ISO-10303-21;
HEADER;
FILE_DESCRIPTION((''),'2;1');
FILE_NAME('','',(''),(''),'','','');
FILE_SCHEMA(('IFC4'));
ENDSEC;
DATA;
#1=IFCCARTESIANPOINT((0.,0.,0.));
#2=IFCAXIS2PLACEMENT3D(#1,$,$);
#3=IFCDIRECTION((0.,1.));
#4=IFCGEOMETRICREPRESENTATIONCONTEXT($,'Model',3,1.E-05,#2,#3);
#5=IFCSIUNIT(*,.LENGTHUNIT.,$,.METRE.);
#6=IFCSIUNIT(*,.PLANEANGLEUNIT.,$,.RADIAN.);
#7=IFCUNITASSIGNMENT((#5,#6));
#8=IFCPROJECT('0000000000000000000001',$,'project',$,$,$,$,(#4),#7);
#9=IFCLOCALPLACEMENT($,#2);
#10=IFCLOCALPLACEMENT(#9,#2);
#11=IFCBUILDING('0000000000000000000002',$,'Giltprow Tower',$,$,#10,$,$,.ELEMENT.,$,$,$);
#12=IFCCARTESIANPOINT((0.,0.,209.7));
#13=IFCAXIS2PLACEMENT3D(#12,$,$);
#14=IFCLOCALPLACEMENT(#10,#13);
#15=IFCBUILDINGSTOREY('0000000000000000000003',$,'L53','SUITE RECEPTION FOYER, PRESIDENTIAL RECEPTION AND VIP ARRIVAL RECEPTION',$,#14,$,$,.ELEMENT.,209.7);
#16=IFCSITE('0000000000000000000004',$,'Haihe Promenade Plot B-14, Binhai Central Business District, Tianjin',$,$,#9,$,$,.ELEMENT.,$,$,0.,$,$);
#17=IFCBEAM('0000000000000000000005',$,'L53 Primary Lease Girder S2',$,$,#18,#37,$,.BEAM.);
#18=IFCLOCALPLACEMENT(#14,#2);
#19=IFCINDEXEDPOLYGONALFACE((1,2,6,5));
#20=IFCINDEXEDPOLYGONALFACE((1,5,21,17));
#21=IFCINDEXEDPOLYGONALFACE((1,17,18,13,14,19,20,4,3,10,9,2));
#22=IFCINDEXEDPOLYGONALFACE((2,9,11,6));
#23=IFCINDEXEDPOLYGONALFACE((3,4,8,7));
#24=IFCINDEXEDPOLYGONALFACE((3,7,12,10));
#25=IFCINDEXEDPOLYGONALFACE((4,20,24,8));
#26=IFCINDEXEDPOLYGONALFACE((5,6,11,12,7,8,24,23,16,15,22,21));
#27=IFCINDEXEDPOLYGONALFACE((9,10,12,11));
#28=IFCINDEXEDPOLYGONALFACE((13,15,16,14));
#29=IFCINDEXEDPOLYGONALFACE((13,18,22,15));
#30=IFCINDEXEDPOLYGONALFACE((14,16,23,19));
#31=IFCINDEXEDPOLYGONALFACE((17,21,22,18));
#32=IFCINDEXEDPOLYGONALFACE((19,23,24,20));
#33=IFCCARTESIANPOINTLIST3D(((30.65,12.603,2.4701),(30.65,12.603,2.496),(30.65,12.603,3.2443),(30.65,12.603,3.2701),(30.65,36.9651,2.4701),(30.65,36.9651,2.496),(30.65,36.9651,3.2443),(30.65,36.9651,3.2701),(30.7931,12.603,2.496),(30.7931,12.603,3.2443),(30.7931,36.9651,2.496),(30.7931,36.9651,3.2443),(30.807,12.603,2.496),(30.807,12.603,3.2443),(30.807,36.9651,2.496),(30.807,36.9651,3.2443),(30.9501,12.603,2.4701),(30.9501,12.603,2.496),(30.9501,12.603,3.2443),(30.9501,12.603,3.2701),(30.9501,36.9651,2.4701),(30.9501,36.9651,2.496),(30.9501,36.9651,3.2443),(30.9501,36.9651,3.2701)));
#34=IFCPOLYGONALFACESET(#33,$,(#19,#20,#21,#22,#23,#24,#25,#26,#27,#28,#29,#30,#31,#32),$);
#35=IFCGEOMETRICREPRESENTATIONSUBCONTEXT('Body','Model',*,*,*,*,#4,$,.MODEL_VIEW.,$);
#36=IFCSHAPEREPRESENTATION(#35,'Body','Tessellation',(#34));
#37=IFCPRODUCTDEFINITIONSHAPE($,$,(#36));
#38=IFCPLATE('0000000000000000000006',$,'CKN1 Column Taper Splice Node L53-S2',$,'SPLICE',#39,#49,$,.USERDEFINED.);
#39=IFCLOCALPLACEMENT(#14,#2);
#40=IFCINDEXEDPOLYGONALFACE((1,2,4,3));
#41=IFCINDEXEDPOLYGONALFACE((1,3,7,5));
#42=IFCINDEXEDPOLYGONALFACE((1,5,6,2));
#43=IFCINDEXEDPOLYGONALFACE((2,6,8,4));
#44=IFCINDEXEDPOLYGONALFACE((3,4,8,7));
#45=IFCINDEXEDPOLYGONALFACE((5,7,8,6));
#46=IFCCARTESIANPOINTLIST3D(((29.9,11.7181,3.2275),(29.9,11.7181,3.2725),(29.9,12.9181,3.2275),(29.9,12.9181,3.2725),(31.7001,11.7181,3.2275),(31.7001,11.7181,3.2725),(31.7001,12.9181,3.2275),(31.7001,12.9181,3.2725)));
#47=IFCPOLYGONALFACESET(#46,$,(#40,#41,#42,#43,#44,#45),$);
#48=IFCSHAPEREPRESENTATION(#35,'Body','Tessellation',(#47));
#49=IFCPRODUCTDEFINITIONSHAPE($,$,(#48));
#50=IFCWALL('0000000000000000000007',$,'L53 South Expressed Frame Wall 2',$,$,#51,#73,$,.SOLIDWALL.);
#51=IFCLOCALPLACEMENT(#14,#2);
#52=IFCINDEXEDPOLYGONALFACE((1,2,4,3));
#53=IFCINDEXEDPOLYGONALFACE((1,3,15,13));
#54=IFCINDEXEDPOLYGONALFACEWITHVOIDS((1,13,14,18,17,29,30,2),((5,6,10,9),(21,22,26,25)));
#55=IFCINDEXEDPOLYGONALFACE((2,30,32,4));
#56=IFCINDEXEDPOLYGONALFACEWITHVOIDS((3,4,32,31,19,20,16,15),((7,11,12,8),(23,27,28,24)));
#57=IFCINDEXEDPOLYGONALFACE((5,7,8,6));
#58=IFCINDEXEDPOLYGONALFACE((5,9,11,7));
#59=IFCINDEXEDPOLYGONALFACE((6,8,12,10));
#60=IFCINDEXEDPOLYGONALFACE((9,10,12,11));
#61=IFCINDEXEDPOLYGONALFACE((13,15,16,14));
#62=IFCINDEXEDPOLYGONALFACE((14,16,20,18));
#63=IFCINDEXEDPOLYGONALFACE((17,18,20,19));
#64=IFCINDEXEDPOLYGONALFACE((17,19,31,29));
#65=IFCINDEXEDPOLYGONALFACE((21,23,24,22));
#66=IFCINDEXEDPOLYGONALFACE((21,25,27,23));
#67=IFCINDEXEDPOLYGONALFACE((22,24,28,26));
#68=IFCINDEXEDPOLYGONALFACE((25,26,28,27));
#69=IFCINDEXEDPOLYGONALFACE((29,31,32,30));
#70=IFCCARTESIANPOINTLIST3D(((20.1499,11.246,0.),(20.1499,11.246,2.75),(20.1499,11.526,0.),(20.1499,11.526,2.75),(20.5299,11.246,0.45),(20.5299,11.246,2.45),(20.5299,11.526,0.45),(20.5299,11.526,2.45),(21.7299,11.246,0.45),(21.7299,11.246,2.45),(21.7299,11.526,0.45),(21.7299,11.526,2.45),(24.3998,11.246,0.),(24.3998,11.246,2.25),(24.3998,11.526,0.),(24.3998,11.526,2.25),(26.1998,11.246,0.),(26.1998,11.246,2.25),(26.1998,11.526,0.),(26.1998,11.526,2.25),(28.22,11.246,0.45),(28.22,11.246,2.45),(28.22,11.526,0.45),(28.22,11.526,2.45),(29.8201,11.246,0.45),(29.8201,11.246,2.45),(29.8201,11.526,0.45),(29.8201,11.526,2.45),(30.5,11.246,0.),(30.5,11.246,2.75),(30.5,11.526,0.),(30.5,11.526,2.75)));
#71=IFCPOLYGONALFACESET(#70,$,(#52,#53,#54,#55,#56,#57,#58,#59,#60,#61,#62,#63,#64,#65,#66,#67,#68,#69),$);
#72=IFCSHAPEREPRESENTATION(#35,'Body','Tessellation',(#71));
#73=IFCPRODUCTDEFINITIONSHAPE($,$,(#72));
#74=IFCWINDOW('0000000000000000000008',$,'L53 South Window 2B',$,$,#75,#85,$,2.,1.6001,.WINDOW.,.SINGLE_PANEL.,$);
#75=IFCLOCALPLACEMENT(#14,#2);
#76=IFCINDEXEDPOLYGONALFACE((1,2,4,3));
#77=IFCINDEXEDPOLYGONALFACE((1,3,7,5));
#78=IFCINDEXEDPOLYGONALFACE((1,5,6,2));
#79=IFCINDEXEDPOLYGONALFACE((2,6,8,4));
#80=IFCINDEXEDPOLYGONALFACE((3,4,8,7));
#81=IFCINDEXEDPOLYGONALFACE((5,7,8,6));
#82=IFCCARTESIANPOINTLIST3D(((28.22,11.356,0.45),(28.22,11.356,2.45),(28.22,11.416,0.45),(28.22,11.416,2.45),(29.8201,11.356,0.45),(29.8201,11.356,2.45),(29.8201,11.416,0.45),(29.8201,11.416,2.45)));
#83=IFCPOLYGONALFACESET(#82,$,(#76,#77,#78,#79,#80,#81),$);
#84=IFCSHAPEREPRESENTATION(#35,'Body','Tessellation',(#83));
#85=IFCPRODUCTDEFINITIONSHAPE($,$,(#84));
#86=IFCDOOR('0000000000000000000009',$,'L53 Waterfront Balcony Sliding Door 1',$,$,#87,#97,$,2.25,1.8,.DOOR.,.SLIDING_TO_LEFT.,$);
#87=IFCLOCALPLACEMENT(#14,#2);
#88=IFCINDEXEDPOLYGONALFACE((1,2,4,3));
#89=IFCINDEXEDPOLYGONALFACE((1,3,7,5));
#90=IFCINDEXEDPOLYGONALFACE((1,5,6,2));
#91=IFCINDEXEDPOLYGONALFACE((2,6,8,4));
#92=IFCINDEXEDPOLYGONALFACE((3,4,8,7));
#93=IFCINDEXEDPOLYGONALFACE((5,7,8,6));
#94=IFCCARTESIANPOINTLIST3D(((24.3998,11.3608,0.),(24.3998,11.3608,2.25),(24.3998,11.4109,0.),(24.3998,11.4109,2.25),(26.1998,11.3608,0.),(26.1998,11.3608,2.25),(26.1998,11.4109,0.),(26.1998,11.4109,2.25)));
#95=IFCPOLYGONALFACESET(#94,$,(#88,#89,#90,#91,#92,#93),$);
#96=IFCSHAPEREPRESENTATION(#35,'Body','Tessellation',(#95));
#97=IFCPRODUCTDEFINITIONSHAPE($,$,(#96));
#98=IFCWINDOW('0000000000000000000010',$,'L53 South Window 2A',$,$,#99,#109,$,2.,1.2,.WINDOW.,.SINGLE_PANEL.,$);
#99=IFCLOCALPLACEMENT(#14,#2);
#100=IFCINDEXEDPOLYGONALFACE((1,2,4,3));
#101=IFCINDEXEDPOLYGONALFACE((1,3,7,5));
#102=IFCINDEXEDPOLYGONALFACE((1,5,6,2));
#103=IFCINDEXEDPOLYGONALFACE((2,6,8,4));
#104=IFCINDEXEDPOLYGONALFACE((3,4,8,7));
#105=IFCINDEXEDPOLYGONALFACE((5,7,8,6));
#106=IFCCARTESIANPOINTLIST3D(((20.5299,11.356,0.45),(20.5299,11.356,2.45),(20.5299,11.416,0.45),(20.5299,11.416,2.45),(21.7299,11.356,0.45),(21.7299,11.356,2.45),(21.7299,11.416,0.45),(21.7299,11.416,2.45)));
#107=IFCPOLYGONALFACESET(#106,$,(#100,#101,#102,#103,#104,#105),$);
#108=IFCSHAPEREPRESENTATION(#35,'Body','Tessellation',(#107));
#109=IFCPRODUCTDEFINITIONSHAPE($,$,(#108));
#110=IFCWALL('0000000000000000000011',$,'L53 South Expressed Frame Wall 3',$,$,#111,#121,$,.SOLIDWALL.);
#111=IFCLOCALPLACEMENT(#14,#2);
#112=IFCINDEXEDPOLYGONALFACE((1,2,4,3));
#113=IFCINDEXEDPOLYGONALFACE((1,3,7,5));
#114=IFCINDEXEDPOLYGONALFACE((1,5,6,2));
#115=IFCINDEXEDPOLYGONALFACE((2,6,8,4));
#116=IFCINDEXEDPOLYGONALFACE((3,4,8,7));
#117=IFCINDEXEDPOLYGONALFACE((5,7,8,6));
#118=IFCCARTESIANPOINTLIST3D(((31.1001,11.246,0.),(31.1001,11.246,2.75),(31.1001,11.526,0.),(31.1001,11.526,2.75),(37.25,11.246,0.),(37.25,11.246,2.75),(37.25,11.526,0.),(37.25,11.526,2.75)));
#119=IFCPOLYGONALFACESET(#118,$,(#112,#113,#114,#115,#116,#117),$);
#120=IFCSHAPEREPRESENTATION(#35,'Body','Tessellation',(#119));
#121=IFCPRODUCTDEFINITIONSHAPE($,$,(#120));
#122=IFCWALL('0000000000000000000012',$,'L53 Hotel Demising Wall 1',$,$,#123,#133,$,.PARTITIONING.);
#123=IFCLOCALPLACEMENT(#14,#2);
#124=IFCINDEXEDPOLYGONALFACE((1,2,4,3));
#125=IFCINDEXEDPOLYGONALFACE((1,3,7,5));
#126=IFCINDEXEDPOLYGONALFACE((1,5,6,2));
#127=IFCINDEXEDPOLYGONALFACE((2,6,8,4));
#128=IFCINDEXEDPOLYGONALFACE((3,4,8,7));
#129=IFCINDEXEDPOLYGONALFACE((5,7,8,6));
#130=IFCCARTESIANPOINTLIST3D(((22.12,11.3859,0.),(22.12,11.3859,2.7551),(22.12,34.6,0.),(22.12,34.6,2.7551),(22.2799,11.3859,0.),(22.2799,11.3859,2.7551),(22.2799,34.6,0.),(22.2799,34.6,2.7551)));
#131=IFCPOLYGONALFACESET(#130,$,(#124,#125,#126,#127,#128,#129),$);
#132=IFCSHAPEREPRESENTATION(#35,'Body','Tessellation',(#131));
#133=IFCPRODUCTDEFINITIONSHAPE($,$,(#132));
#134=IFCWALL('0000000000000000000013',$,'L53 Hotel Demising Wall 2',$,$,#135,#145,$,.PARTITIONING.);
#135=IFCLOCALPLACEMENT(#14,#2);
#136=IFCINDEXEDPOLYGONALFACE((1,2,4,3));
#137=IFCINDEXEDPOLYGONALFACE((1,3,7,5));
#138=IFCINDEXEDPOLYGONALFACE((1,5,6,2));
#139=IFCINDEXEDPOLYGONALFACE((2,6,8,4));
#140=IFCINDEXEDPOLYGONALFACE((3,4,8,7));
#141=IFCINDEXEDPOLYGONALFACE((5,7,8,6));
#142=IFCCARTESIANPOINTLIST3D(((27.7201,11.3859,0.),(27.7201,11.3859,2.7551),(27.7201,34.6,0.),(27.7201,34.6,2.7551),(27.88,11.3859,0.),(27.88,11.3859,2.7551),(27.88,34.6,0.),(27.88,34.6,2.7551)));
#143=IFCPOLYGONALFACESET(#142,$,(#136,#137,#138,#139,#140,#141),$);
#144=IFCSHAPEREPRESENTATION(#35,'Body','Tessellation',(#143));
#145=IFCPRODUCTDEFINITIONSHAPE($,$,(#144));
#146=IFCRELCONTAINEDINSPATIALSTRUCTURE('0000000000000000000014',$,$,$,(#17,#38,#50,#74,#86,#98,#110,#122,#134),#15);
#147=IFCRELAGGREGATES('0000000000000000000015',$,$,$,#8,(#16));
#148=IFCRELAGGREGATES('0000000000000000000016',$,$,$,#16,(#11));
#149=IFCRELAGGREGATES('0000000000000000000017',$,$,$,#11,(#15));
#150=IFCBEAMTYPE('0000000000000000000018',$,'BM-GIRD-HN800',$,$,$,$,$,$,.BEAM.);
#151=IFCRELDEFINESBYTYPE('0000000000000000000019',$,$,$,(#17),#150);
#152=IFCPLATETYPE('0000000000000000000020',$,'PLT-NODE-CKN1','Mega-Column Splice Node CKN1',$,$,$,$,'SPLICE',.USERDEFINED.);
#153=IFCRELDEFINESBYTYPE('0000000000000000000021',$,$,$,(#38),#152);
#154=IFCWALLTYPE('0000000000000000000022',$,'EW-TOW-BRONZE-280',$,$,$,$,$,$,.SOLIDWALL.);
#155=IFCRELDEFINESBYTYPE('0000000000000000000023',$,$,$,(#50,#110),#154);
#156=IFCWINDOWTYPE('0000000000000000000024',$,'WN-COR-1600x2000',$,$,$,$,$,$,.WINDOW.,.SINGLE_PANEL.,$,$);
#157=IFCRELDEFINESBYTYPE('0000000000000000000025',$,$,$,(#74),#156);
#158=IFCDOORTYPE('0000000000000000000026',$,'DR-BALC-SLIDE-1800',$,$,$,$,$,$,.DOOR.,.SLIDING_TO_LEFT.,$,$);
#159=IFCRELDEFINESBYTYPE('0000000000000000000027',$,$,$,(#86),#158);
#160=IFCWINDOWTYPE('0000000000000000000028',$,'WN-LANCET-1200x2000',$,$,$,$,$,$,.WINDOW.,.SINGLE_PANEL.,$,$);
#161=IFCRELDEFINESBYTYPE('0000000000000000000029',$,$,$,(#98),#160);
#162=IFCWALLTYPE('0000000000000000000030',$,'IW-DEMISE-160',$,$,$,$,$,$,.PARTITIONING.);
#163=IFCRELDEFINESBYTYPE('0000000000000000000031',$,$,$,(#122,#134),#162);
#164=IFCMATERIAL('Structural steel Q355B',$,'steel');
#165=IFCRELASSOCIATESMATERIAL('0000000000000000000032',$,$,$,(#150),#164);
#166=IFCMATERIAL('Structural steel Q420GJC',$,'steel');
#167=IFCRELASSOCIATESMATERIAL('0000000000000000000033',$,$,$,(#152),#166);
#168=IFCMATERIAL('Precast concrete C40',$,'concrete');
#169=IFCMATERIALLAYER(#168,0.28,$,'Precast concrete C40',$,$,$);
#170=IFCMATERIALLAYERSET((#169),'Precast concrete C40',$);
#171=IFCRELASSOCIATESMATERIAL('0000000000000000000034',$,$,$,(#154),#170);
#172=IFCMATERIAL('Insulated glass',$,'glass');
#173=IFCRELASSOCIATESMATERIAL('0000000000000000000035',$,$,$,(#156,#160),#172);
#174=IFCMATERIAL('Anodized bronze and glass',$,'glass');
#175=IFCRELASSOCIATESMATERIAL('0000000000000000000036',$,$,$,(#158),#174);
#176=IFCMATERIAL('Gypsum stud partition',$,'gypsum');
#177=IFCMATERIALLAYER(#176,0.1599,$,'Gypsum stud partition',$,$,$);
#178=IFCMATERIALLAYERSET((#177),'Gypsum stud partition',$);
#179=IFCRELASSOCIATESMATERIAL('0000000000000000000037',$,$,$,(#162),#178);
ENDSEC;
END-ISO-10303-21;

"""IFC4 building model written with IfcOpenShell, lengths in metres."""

from ifc_helpers import new_model, si_unit, direction, frame, frame_2d, origin, origin_2d, place, context, subcontext, project, spatial, rectangle, i_section, extrude, source, transform, mapped, material, layer, layer_set, material_profile, profile_set, type_object, element, fill, save


model = new_model("IFC4")

# Units and contexts
model_context = context("Model", 3, precision=1e-05, world=origin(), true_north=direction((0.0, 1.0)))
body_context = subcontext(model_context, "Body", "Model", "MODEL_VIEW")
ifc_project = project(units=[si_unit("LENGTHUNIT", "METRE"), si_unit("PLANEANGLEUNIT", "RADIAN")], contexts=[model_context])

# Site, building, storey
site_placement = place(None, origin())
site = spatial("IfcSite", under=ifc_project, at=site_placement, Name="Haihe Promenade Plot B-14, Binhai Central Business District, Tianjin", CompositionType="ELEMENT", RefElevation=0.0)
building_placement = place(site_placement, origin())
building = spatial("IfcBuilding", under=site, at=building_placement, Name="Giltprow Tower", CompositionType="ELEMENT")
storey_placement = place(building_placement, frame((0.0, 0.0, 209.7)))
storey = spatial("IfcBuildingStorey", under=building, at=storey_placement, Name="L53", Description="SUITE RECEPTION FOYER, PRESIDENTIAL RECEPTION AND VIP ARRIVAL RECEPTION", CompositionType="ELEMENT", Elevation=209.7)

# Shared definitions
ifc_material_1 = material(Name="Structural steel Q355B", Category="steel")

# Beam
ifc_material_profile_1 = material_profile(ifc_material_1, i_section(OverallWidth=0.3, OverallDepth=0.8, WebThickness=0.0139, FlangeThickness=0.0259, at=origin_2d()), Name="HN 800x300x14x26")
ifc_profile_set_1 = profile_set([ifc_material_profile_1], Name="Structural steel Q355B")
beam_type_1 = type_object("IfcBeamType", Name="BM-GIRD-HN800", PredefinedType="BEAM", material=ifc_profile_set_1)
shared_shape_1 = source(origin(), body_context, "Body", "SweptSolid", [
    extrude(i_section(OverallWidth=0.3, OverallDepth=0.8, WebThickness=0.0139, FlangeThickness=0.0259, at=origin_2d()), origin(), (0.0, 0.0, 1.0), 24.3621),
])
for number, where, z_axis, x_axis, name in (
    (1, (30.8, 12.603, 2.8701), (0.0, 1.0, 0.0), (-1.0, 0.0, 0.0), "L53 Primary Lease Girder S2"),
):
    element("IfcBeam", number, at=place(storey_placement, frame(where, z_axis=z_axis, x_axis=x_axis)), inside=storey, type_object=beam_type_1, Name=name, PredefinedType="BEAM", context=body_context, shape_type="MappedRepresentation", body=[
        mapped(shared_shape_1, transform((0.0, 0.0, 0.0), x_axis=(1.0, 0.0, 0.0), y_axis=(0.0, 1.0, 0.0), z_axis=(0.0, 0.0, 1.0), scale=1.0)),
    ])

# Plate
ifc_material_2 = material(Name="Structural steel Q420GJC", Category="steel")
plate_type = type_object("IfcPlateType", Name="PLT-NODE-CKN1", Description="Mega-Column Splice Node CKN1", ElementType="SPLICE", PredefinedType="USERDEFINED", material=ifc_material_2)
shared_shape_2 = source(origin(), body_context, "Body", "SweptSolid", [
    extrude(rectangle(XDim=1.8, YDim=1.2, at=origin_2d()), origin(), (0.0, 0.0, 1.0), 0.0449),
])
plate_placement = place(storey_placement, frame((30.8, 12.3181, 3.2275), z_axis=(0.0, 0.0, 1.0), x_axis=(1.0, 0.0, 0.0)))
element("IfcPlate", 2, at=plate_placement, inside=storey, type_object=plate_type, Name="CKN1 Column Taper Splice Node L53-S2", ObjectType="SPLICE", PredefinedType="USERDEFINED", context=body_context, shape_type="MappedRepresentation", body=[
    mapped(shared_shape_2, transform((0.0, 0.0, 0.0), x_axis=(1.0, 0.0, 0.0), y_axis=(0.0, 1.0, 0.0), z_axis=(0.0, 0.0, 1.0), scale=1.0)),
])

# Wall, openings, windows, door
ifc_material_3 = material(Name="Precast concrete C40", Category="concrete")
ifc_layer_1 = layer(ifc_material_3, 0.28, Name="Precast concrete C40")
ifc_layer_set_1 = layer_set([ifc_layer_1], Name="Precast concrete C40")
wall_type_1 = type_object("IfcWallType", Name="EW-TOW-BRONZE-280", PredefinedType="SOLIDWALL", material=ifc_layer_set_1)
wall_1_placement = place(storey_placement, frame((20.1499, 11.386, 0.0), z_axis=(0.0, 0.0, 1.0), x_axis=(1.0, 0.0, 0.0)))
wall_1 = element("IfcWall", 3, at=wall_1_placement, inside=storey, type_object=wall_type_1, Name="L53 South Expressed Frame Wall 2", PredefinedType="SOLIDWALL", context=body_context, shape_type="SweptSolid", body=[
    extrude(rectangle(XDim=10.3501, YDim=0.28, at=frame_2d((5.175, 0.0))), origin(), (0.0, 0.0, 1.0), 2.75),
])
opening_1_placement = place(wall_1_placement, frame((4.25, 0.0, 0.0)))
opening_1 = element("IfcOpeningElement", 4, at=opening_1_placement, cuts=wall_1, PredefinedType="OPENING", context=body_context, shape_type="SweptSolid", body=[
    extrude(rectangle(XDim=1.8, YDim=2.25, at=frame_2d((0.8999, 1.125))), frame((0.0, 0.1499, 0.0), z_axis=(0.0, -1.0, 0.0), x_axis=(1.0, 0.0, 0.0)), (0.0, 0.0, 1.0), 0.3),
])
opening_2_placement = place(wall_1_placement, frame((0.3799, 0.0, 0.45)))
opening_2 = element("IfcOpeningElement", 5, at=opening_2_placement, cuts=wall_1, PredefinedType="OPENING", context=body_context, shape_type="SweptSolid", body=[
    extrude(rectangle(XDim=1.2, YDim=2.0, at=frame_2d((0.6001, 1.0))), frame((0.0, 0.1499, 0.0), z_axis=(0.0, -1.0, 0.0), x_axis=(1.0, 0.0, 0.0)), (0.0, 0.0, 1.0), 0.3),
])
opening_3_placement = place(wall_1_placement, frame((8.0701, 0.0, 0.45)))
opening_3 = element("IfcOpeningElement", 6, at=opening_3_placement, cuts=wall_1, PredefinedType="OPENING", context=body_context, shape_type="SweptSolid", body=[
    extrude(rectangle(XDim=1.6001, YDim=2.0, at=frame_2d((0.8, 1.0))), frame((0.0, 0.1499, 0.0), z_axis=(0.0, -1.0, 0.0), x_axis=(1.0, 0.0, 0.0)), (0.0, 0.0, 1.0), 0.3),
])
ifc_material_4 = material(Name="Insulated glass", Category="glass")
window_type_1 = type_object("IfcWindowType", Name="WN-COR-1600x2000", PartitioningType="SINGLE_PANEL", PredefinedType="WINDOW", material=ifc_material_4)
shared_shape_3 = source(origin(), body_context, "Body", "SweptSolid", [
    extrude(rectangle(XDim=1.6001, YDim=2.0, at=frame_2d((0.8, 1.0))), frame((0.0, 0.03, 0.0), z_axis=(0.0, -1.0, 0.0), x_axis=(1.0, 0.0, 0.0)), (0.0, 0.0, 1.0), 0.0601),
])
window_1_placement = place(opening_3_placement, origin())
window_1 = element("IfcWindow", 7, at=window_1_placement, inside=storey, type_object=window_type_1, Name="L53 South Window 2B", OverallHeight=2.0, OverallWidth=1.6001, PartitioningType="SINGLE_PANEL", PredefinedType="WINDOW", context=body_context, shape_type="MappedRepresentation", body=[
    mapped(shared_shape_3, transform((0.0, 0.0, 0.0), x_axis=(1.0, 0.0, 0.0), y_axis=(0.0, 1.0, 0.0), z_axis=(0.0, 0.0, 1.0), scale=1.0)),
])
fill(opening_3, window_1)
ifc_material_5 = material(Name="Anodized bronze and glass", Category="glass")
door_type = type_object("IfcDoorType", Name="DR-BALC-SLIDE-1800", OperationType="SLIDING_TO_LEFT", PredefinedType="DOOR", material=ifc_material_5)
shared_shape_4 = source(origin(), body_context, "Body", "SweptSolid", [
    extrude(rectangle(XDim=1.8, YDim=2.25, at=frame_2d((0.8999, 1.125))), frame((0.0, 0.0249, 0.0), z_axis=(0.0, -1.0, 0.0), x_axis=(1.0, 0.0, 0.0)), (0.0, 0.0, 1.0), 0.05),
])
door_placement = place(opening_1_placement, origin())
door = element("IfcDoor", 8, at=door_placement, inside=storey, type_object=door_type, Name="L53 Waterfront Balcony Sliding Door 1", OperationType="SLIDING_TO_LEFT", OverallHeight=2.25, OverallWidth=1.8, PredefinedType="DOOR", context=body_context, shape_type="MappedRepresentation", body=[
    mapped(shared_shape_4, transform((0.0, 0.0, 0.0), x_axis=(1.0, 0.0, 0.0), y_axis=(0.0, 1.0, 0.0), z_axis=(0.0, 0.0, 1.0), scale=1.0)),
])
fill(opening_1, door)
window_type_2 = type_object("IfcWindowType", Name="WN-LANCET-1200x2000", PartitioningType="SINGLE_PANEL", PredefinedType="WINDOW", material=ifc_material_4)
shared_shape_5 = source(origin(), body_context, "Body", "SweptSolid", [
    extrude(rectangle(XDim=1.2, YDim=2.0, at=frame_2d((0.6001, 1.0))), frame((0.0, 0.03, 0.0), z_axis=(0.0, -1.0, 0.0), x_axis=(1.0, 0.0, 0.0)), (0.0, 0.0, 1.0), 0.0601),
])
window_2_placement = place(opening_2_placement, origin())
window_2 = element("IfcWindow", 9, at=window_2_placement, inside=storey, type_object=window_type_2, Name="L53 South Window 2A", OverallHeight=2.0, OverallWidth=1.2, PartitioningType="SINGLE_PANEL", PredefinedType="WINDOW", context=body_context, shape_type="MappedRepresentation", body=[
    mapped(shared_shape_5, transform((0.0, 0.0, 0.0), x_axis=(1.0, 0.0, 0.0), y_axis=(0.0, 1.0, 0.0), z_axis=(0.0, 0.0, 1.0), scale=1.0)),
])
fill(opening_2, window_2)

# Walls
wall_2_placement = place(storey_placement, frame((31.1001, 11.386, 0.0), z_axis=(0.0, 0.0, 1.0), x_axis=(1.0, 0.0, 0.0)))
element("IfcWall", 10, at=wall_2_placement, inside=storey, type_object=wall_type_1, Name="L53 South Expressed Frame Wall 3", PredefinedType="SOLIDWALL", context=body_context, shape_type="SweptSolid", body=[
    extrude(rectangle(XDim=6.1499, YDim=0.28, at=frame_2d((3.075, 0.0))), origin(), (0.0, 0.0, 1.0), 2.75),
])
ifc_material_6 = material(Name="Gypsum stud partition", Category="gypsum")
ifc_layer_2 = layer(ifc_material_6, 0.1599, Name="Gypsum stud partition")
ifc_layer_set_2 = layer_set([ifc_layer_2], Name="Gypsum stud partition")
wall_type_2 = type_object("IfcWallType", Name="IW-DEMISE-160", PredefinedType="PARTITIONING", material=ifc_layer_set_2)
for number, where, z_axis, x_axis, name in (
    (11, (22.2, 11.386, 0.0), (0.0, 0.0, 1.0), (0.0, 1.0, 0.0), "L53 Hotel Demising Wall 1"),
    (12, (27.8, 11.386, 0.0), (0.0, 0.0, 1.0), (0.0, 1.0, 0.0), "L53 Hotel Demising Wall 2"),
):
    element("IfcWall", number, at=place(storey_placement, frame(where, z_axis=z_axis, x_axis=x_axis)), inside=storey, type_object=wall_type_2, Name=name, PredefinedType="PARTITIONING", context=body_context, shape_type="SweptSolid", body=[
        extrude(rectangle(XDim=23.2141, YDim=0.1599, at=frame_2d((11.6069, 0.0))), origin(), (0.0, 0.0, 1.0), 2.7551),
    ])

save(model, "model.ifc")
